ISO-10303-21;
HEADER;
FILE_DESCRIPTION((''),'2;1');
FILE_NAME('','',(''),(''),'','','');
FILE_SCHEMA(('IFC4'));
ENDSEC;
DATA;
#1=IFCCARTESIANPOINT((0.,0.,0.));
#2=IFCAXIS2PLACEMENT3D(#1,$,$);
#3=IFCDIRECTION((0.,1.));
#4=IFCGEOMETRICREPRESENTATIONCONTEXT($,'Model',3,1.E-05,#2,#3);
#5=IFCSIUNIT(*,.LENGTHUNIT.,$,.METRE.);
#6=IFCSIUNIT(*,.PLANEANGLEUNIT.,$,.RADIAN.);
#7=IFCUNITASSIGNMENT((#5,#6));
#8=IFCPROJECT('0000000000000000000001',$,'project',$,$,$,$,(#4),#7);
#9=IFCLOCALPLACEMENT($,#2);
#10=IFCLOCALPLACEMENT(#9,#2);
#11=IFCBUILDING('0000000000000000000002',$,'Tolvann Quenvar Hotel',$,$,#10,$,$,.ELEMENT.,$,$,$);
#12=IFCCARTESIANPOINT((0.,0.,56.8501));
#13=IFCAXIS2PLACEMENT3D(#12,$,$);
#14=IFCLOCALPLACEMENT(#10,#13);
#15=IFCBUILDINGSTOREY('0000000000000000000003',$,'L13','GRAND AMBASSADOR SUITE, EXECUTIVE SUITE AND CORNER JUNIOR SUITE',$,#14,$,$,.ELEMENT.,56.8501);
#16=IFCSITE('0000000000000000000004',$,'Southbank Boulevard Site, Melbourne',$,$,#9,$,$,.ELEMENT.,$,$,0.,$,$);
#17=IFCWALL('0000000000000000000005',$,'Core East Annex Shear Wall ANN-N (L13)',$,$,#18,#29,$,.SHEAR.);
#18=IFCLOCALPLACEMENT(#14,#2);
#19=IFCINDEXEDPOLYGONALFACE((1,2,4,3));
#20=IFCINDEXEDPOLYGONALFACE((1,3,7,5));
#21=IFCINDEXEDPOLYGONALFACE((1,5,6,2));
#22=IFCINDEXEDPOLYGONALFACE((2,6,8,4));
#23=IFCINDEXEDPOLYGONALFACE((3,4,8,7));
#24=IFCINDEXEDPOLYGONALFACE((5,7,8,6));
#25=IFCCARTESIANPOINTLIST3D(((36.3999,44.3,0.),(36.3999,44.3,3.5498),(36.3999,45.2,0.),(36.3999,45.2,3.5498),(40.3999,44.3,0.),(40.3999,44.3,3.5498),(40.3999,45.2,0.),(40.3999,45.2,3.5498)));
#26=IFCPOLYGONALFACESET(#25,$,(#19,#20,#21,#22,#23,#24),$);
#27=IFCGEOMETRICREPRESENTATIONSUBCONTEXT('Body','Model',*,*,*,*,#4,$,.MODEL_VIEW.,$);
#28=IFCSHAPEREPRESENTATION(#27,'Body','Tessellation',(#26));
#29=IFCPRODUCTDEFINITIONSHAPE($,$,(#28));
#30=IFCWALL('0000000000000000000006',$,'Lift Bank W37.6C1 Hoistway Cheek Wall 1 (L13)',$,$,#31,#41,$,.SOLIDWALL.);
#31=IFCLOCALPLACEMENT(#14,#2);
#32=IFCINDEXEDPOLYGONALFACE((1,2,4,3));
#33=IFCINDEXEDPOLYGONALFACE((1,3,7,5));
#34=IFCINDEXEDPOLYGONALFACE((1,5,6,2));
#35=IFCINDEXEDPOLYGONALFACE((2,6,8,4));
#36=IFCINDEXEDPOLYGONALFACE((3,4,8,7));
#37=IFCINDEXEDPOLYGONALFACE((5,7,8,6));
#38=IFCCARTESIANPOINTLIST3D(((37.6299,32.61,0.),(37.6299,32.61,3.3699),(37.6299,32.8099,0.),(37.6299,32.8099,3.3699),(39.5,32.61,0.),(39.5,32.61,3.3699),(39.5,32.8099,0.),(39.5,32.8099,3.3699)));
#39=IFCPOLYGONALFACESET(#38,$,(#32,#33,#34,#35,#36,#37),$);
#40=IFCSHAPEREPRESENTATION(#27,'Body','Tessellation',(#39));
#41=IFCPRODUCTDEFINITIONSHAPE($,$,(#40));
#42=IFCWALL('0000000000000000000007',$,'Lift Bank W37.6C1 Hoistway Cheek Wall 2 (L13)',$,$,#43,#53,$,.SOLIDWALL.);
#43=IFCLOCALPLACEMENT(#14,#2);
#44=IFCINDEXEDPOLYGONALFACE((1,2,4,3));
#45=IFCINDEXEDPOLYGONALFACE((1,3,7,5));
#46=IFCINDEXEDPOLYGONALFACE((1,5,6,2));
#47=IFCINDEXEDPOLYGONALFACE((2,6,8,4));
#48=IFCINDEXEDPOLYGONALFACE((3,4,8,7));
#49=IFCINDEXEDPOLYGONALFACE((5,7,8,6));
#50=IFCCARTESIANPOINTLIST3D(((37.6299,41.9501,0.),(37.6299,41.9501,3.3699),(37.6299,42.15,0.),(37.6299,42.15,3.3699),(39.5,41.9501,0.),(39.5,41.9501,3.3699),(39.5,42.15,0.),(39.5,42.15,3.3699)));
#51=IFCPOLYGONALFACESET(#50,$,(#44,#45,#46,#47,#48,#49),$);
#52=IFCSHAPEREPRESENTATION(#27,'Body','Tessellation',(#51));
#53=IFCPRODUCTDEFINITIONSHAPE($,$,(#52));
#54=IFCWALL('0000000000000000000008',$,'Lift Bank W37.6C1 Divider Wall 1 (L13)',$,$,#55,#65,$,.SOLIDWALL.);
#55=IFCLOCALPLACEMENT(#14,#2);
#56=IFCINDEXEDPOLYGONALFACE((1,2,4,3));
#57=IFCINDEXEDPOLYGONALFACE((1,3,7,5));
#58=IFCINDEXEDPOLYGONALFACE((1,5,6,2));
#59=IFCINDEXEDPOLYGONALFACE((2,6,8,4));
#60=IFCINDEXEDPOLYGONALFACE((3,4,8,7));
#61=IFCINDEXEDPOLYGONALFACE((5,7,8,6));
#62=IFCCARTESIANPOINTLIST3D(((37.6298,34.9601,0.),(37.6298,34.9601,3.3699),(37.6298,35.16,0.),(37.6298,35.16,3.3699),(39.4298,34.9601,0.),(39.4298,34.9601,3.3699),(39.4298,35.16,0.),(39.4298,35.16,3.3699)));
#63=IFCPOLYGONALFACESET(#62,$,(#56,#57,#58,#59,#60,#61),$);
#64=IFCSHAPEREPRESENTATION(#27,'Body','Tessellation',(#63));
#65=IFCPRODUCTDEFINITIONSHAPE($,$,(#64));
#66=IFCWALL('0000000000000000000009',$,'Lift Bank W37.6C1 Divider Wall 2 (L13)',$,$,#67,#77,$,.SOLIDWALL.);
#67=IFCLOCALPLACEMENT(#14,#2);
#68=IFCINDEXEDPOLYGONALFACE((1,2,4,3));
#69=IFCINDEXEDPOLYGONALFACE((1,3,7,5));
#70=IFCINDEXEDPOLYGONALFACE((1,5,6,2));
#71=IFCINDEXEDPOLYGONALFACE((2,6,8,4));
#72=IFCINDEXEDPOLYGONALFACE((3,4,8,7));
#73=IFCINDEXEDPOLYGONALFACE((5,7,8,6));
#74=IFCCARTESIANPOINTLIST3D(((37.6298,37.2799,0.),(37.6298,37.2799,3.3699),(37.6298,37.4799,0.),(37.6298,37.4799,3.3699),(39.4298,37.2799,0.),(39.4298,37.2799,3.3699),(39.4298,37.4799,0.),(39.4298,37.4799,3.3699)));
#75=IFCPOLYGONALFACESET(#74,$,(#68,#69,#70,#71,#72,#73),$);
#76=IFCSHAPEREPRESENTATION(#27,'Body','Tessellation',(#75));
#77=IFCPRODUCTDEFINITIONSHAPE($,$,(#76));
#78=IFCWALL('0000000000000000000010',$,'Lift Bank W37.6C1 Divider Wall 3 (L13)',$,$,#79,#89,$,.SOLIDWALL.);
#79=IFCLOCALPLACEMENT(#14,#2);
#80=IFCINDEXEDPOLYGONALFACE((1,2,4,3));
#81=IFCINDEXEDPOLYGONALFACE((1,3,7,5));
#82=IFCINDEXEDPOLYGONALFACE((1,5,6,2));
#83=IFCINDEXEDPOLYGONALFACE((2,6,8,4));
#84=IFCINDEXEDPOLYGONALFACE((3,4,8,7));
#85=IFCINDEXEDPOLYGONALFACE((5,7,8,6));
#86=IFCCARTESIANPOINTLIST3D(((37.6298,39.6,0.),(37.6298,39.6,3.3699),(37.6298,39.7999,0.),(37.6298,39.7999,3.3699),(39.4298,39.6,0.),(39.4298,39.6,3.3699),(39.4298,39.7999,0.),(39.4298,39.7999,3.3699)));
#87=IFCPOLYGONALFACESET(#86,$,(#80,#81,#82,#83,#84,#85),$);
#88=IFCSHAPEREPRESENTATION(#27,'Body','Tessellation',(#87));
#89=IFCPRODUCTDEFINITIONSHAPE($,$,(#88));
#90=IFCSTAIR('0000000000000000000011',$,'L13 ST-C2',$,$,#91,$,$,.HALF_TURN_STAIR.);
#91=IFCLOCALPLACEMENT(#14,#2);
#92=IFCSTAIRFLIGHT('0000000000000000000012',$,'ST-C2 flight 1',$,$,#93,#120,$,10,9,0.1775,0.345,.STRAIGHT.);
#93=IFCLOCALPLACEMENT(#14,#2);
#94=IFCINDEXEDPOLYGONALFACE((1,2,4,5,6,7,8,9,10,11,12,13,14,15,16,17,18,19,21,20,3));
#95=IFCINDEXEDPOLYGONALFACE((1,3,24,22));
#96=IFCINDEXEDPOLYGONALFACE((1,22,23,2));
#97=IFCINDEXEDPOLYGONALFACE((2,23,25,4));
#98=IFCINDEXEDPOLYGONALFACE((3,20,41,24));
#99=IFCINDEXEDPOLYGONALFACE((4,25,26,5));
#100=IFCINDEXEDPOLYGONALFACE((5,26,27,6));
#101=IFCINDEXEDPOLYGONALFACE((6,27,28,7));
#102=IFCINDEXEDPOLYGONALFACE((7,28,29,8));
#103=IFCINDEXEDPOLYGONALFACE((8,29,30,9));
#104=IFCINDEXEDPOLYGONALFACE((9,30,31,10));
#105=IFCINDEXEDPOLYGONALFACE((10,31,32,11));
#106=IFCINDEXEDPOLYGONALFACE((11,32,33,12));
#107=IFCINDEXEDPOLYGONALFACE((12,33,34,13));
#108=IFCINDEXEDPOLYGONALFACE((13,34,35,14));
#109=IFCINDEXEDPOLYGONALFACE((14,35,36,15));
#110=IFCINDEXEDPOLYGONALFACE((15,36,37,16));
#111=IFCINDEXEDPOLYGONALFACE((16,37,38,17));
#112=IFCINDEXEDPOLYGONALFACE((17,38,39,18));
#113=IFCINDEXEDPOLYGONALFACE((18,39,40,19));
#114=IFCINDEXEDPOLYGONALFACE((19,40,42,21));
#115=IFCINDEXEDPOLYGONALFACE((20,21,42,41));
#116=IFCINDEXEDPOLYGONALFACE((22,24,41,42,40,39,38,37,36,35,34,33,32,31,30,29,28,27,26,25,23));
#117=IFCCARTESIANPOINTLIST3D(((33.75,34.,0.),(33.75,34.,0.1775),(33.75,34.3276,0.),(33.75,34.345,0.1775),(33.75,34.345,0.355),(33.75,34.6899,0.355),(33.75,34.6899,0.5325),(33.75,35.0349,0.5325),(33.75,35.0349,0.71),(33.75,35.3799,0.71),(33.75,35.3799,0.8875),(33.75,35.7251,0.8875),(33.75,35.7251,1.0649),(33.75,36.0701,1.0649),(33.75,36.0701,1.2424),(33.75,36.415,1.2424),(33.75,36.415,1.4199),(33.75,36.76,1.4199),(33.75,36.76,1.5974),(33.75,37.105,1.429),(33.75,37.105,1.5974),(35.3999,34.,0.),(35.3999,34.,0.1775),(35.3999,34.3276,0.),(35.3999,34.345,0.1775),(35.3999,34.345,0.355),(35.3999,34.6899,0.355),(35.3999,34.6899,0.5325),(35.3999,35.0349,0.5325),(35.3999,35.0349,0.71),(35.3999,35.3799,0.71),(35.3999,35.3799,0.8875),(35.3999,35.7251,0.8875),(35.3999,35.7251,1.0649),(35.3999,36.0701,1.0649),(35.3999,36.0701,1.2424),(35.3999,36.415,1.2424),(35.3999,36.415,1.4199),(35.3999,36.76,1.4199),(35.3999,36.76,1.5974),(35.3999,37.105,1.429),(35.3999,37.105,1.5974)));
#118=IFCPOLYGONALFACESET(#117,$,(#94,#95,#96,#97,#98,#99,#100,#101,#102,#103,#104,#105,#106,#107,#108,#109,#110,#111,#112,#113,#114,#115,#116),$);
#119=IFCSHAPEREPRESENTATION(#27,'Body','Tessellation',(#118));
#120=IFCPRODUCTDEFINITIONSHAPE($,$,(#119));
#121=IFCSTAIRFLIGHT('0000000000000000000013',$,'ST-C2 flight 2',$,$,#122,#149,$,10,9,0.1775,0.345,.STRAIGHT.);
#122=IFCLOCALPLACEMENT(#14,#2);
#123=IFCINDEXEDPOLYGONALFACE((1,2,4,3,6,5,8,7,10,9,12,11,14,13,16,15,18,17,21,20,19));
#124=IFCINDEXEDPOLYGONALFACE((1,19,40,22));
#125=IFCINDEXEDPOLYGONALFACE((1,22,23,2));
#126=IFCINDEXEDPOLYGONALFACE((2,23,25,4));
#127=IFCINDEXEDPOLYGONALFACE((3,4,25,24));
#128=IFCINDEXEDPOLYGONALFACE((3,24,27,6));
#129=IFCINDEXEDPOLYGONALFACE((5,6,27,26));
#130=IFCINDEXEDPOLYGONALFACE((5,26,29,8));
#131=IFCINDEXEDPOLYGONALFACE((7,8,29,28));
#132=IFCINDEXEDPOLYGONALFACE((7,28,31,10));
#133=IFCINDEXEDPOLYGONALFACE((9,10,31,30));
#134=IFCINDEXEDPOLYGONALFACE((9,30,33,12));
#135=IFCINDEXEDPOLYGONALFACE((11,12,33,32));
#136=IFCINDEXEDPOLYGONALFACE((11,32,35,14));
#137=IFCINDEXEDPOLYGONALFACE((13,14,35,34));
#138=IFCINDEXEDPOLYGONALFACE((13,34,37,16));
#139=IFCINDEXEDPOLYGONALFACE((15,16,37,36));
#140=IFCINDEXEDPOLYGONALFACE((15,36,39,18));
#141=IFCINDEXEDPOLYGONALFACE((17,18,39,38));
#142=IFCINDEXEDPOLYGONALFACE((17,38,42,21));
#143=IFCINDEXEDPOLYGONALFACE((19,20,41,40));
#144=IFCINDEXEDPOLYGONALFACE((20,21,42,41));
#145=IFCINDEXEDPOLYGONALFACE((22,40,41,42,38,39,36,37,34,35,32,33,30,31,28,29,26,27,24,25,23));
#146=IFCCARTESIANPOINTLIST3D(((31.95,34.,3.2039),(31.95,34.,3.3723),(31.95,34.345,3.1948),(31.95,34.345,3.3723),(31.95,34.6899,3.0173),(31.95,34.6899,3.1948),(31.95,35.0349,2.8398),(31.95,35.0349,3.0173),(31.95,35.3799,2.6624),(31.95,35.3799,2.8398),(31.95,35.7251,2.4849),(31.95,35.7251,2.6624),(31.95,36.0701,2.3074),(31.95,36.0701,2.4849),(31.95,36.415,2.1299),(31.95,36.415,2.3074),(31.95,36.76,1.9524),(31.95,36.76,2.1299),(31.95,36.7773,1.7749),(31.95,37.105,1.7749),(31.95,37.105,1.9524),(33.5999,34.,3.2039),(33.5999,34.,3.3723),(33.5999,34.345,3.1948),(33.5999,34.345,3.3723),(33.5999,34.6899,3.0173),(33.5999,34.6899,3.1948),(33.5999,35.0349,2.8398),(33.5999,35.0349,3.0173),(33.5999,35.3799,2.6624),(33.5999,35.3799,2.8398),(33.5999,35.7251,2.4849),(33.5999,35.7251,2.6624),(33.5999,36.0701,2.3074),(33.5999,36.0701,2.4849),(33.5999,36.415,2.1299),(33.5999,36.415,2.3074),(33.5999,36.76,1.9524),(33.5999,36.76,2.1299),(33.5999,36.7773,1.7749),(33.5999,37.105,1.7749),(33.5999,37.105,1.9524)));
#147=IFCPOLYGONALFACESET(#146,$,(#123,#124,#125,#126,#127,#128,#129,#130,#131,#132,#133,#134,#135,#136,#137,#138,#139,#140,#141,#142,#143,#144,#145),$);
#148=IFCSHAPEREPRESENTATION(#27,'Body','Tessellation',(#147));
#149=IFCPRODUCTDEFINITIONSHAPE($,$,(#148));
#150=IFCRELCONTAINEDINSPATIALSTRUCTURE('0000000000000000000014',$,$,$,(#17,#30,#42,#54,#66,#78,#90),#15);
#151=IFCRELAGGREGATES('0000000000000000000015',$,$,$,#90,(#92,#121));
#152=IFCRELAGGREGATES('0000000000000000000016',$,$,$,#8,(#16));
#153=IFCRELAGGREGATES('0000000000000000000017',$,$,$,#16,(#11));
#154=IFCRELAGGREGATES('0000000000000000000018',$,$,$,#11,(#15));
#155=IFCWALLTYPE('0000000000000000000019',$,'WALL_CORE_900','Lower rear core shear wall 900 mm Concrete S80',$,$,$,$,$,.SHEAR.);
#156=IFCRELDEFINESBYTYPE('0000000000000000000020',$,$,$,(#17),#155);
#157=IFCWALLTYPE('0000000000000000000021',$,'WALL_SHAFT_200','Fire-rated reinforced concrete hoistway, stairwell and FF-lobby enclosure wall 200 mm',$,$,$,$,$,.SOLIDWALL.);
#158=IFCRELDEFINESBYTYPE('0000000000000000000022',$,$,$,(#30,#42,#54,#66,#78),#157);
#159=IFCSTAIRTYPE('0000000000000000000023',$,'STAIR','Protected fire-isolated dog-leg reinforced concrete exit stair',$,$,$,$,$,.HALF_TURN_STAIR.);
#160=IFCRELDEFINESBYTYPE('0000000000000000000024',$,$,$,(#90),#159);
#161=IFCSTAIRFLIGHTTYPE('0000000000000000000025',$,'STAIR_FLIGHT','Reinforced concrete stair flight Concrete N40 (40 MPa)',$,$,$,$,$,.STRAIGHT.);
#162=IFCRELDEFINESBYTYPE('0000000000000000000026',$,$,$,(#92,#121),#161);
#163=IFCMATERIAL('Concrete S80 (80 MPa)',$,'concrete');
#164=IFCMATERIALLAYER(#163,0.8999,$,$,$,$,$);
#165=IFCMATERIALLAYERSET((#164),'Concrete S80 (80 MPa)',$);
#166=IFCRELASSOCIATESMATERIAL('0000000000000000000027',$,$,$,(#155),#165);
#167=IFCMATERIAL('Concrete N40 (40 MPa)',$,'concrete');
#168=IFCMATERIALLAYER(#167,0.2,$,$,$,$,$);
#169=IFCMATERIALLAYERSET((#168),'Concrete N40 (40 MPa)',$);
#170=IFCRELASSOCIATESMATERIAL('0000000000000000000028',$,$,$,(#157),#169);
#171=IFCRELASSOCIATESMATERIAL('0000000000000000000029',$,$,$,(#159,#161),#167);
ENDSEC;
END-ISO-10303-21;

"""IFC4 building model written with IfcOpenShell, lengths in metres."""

from ifc_helpers import new_model, si_unit, direction, frame, frame_2d, origin, place, context, subcontext, project, spatial, polyline, rectangle, outline, extrude, material, layer, layer_set, type_object, element, aggregate, save


model = new_model("IFC4")

# Units and contexts
model_context = context("Model", 3, precision=1e-05, world=origin(), true_north=direction((0.0, 1.0)))
body_context = subcontext(model_context, "Body", "Model", "MODEL_VIEW")
ifc_project = project(units=[si_unit("LENGTHUNIT", "METRE"), si_unit("PLANEANGLEUNIT", "RADIAN")], contexts=[model_context])

# Site, building, storey
site_placement = place(None, origin())
site = spatial("IfcSite", under=ifc_project, at=site_placement, Name="Southbank Boulevard Site, Melbourne", CompositionType="ELEMENT", RefElevation=0.0)
building_placement = place(site_placement, origin())
building = spatial("IfcBuilding", under=site, at=building_placement, Name="Tolvann Quenvar Hotel", CompositionType="ELEMENT")
storey_placement = place(building_placement, frame((0.0, 0.0, 56.8501)))
storey = spatial("IfcBuildingStorey", under=building, at=storey_placement, Name="L13", Description="GRAND AMBASSADOR SUITE, EXECUTIVE SUITE AND CORNER JUNIOR SUITE", CompositionType="ELEMENT", Elevation=56.8501)

# Wall
ifc_material_1 = material(Name="Concrete S80 (80 MPa)", Category="concrete")
ifc_layer_1 = layer(ifc_material_1, 0.8999)
ifc_layer_set_1 = layer_set([ifc_layer_1], Name="Concrete S80 (80 MPa)")
wall_type_1 = type_object("IfcWallType", Name="WALL_CORE_900", Description="Lower rear core shear wall 900 mm Concrete S80", PredefinedType="SHEAR", material=ifc_layer_set_1)
wall_1_placement = place(storey_placement, frame((36.3999, 44.75, 0.0), z_axis=(0.0, 0.0, 1.0), x_axis=(1.0, 0.0, 0.0)))
element("IfcWall", 1, at=wall_1_placement, inside=storey, type_object=wall_type_1, Name="Core East Annex Shear Wall ANN-N (L13)", PredefinedType="SHEAR", context=body_context, shape_type="SweptSolid", body=[
    extrude(rectangle(XDim=4.0, YDim=0.8999, at=frame_2d((2.0, 0.0))), origin(), (0.0, 0.0, 1.0), 3.5498),
])

# Shared definitions
ifc_material_2 = material(Name="Concrete N40 (40 MPa)", Category="concrete")
ifc_layer_2 = layer(ifc_material_2, 0.2)
ifc_layer_set_2 = layer_set([ifc_layer_2], Name="Concrete N40 (40 MPa)")
wall_type_2 = type_object("IfcWallType", Name="WALL_SHAFT_200", Description="Fire-rated reinforced concrete hoistway, stairwell and FF-lobby enclosure wall 200 mm", PredefinedType="SOLIDWALL", material=ifc_layer_set_2)

# Walls
for number, where, z_axis, x_axis, name in (
    (2, (37.6299, 32.71, 0.0), (0.0, 0.0, 1.0), (1.0, 0.0, 0.0), "Lift Bank W37.6C1 Hoistway Cheek Wall 1 (L13)"),
    (3, (37.6299, 42.05, 0.0), (0.0, 0.0, 1.0), (1.0, 0.0, 0.0), "Lift Bank W37.6C1 Hoistway Cheek Wall 2 (L13)"),
):
    element("IfcWall", number, at=place(storey_placement, frame(where, z_axis=z_axis, x_axis=x_axis)), inside=storey, type_object=wall_type_2, Name=name, PredefinedType="SOLIDWALL", context=body_context, shape_type="SweptSolid", body=[
        extrude(rectangle(XDim=1.8701, YDim=0.2, at=frame_2d((0.9351, 0.0))), origin(), (0.0, 0.0, 1.0), 3.3699),
    ])
for number, where, z_axis, x_axis, name in (
    (4, (37.6299, 35.0601, 0.0), (0.0, 0.0, 1.0), (1.0, 0.0, 0.0), "Lift Bank W37.6C1 Divider Wall 1 (L13)"),
    (5, (37.6299, 37.3799, 0.0), (0.0, 0.0, 1.0), (1.0, 0.0, 0.0), "Lift Bank W37.6C1 Divider Wall 2 (L13)"),
    (6, (37.6299, 39.7, 0.0), (0.0, 0.0, 1.0), (1.0, 0.0, 0.0), "Lift Bank W37.6C1 Divider Wall 3 (L13)"),
):
    element("IfcWall", number, at=place(storey_placement, frame(where, z_axis=z_axis, x_axis=x_axis)), inside=storey, type_object=wall_type_2, Name=name, PredefinedType="SOLIDWALL", context=body_context, shape_type="SweptSolid", body=[
        extrude(rectangle(XDim=1.8, YDim=0.2, at=frame_2d((0.8999, 0.0))), origin(), (0.0, 0.0, 1.0), 3.3699),
    ])

# Stair, stair flights
stair_type = type_object("IfcStairType", Name="STAIR", Description="Protected fire-isolated dog-leg reinforced concrete exit stair", PredefinedType="HALF_TURN_STAIR", material=ifc_material_2)
stair_placement = place(storey_placement, origin())
stair = element("IfcStair", 7, at=stair_placement, inside=storey, type_object=stair_type, Name="L13 ST-C2", PredefinedType="HALF_TURN_STAIR")
stair_flight_type = type_object("IfcStairFlightType", Name="STAIR_FLIGHT", Description="Reinforced concrete stair flight Concrete N40 (40 MPa)", PredefinedType="STRAIGHT", material=ifc_material_2)
stair_flight_1_placement = place(storey_placement, frame((34.575, 34.0, 0.0), z_axis=(0.0, 0.0, 1.0), x_axis=(0.0, 1.0, 0.0)))
stair_flight_1 = element("IfcStairFlight", 8, at=stair_flight_1_placement, type_object=stair_flight_type, Name="ST-C2 flight 1", NumberOfRisers=10, NumberOfTreads=9, PredefinedType="STRAIGHT", RiserHeight=0.1775, TreadLength=0.345, context=body_context, shape_type="SweptSolid", body=[
    extrude(outline(polyline([(0.0, 0.0), (0.0, 0.1775), (0.345, 0.1775), (0.345, 0.355), (0.6899, 0.355), (0.6899, 0.5325), (1.0349, 0.5325), (1.0349, 0.71), (1.3799, 0.71), (1.3799, 0.8875), (1.7251, 0.8875), (1.7251, 1.0649), (2.0701, 1.0649), (2.0701, 1.2424), (2.415, 1.2424), (2.415, 1.4199), (2.76, 1.4199), (2.76, 1.5974), (3.105, 1.5974), (3.105, 1.7749), (3.105, 1.429), (0.3276, 0.0), (0.0, 0.0)])), frame((0.0, 0.825, 0.0), z_axis=(0.0, -1.0, 0.0), x_axis=(1.0, 0.0, 0.0)), (0.0, 0.0, 1.0), 1.6499),
])
stair_flight_2_placement = place(storey_placement, frame((32.7749, 37.105, 1.7749), z_axis=(0.0, 0.0, 1.0), x_axis=(0.0, -1.0, 0.0)))
stair_flight_2 = element("IfcStairFlight", 9, at=stair_flight_2_placement, type_object=stair_flight_type, Name="ST-C2 flight 2", NumberOfRisers=10, NumberOfTreads=9, PredefinedType="STRAIGHT", RiserHeight=0.1775, TreadLength=0.345, context=body_context, shape_type="SweptSolid", body=[
    extrude(outline(polyline([(0.0, 0.0), (0.0, 0.1775), (0.345, 0.1775), (0.345, 0.355), (0.6899, 0.355), (0.6899, 0.5325), (1.0349, 0.5325), (1.0349, 0.71), (1.3799, 0.71), (1.3799, 0.8875), (1.7251, 0.8875), (1.7251, 1.0649), (2.0701, 1.0649), (2.0701, 1.2424), (2.415, 1.2424), (2.415, 1.4199), (2.76, 1.4199), (2.76, 1.5974), (3.105, 1.5974), (3.105, 1.7749), (3.105, 1.429), (0.3276, 0.0), (0.0, 0.0)])), frame((0.0, 0.825, 0.0), z_axis=(0.0, -1.0, 0.0), x_axis=(1.0, 0.0, 0.0)), (0.0, 0.0, 1.0), 1.6499),
])
aggregate(stair, [stair_flight_1, stair_flight_2])

save(model, "model.ifc")
